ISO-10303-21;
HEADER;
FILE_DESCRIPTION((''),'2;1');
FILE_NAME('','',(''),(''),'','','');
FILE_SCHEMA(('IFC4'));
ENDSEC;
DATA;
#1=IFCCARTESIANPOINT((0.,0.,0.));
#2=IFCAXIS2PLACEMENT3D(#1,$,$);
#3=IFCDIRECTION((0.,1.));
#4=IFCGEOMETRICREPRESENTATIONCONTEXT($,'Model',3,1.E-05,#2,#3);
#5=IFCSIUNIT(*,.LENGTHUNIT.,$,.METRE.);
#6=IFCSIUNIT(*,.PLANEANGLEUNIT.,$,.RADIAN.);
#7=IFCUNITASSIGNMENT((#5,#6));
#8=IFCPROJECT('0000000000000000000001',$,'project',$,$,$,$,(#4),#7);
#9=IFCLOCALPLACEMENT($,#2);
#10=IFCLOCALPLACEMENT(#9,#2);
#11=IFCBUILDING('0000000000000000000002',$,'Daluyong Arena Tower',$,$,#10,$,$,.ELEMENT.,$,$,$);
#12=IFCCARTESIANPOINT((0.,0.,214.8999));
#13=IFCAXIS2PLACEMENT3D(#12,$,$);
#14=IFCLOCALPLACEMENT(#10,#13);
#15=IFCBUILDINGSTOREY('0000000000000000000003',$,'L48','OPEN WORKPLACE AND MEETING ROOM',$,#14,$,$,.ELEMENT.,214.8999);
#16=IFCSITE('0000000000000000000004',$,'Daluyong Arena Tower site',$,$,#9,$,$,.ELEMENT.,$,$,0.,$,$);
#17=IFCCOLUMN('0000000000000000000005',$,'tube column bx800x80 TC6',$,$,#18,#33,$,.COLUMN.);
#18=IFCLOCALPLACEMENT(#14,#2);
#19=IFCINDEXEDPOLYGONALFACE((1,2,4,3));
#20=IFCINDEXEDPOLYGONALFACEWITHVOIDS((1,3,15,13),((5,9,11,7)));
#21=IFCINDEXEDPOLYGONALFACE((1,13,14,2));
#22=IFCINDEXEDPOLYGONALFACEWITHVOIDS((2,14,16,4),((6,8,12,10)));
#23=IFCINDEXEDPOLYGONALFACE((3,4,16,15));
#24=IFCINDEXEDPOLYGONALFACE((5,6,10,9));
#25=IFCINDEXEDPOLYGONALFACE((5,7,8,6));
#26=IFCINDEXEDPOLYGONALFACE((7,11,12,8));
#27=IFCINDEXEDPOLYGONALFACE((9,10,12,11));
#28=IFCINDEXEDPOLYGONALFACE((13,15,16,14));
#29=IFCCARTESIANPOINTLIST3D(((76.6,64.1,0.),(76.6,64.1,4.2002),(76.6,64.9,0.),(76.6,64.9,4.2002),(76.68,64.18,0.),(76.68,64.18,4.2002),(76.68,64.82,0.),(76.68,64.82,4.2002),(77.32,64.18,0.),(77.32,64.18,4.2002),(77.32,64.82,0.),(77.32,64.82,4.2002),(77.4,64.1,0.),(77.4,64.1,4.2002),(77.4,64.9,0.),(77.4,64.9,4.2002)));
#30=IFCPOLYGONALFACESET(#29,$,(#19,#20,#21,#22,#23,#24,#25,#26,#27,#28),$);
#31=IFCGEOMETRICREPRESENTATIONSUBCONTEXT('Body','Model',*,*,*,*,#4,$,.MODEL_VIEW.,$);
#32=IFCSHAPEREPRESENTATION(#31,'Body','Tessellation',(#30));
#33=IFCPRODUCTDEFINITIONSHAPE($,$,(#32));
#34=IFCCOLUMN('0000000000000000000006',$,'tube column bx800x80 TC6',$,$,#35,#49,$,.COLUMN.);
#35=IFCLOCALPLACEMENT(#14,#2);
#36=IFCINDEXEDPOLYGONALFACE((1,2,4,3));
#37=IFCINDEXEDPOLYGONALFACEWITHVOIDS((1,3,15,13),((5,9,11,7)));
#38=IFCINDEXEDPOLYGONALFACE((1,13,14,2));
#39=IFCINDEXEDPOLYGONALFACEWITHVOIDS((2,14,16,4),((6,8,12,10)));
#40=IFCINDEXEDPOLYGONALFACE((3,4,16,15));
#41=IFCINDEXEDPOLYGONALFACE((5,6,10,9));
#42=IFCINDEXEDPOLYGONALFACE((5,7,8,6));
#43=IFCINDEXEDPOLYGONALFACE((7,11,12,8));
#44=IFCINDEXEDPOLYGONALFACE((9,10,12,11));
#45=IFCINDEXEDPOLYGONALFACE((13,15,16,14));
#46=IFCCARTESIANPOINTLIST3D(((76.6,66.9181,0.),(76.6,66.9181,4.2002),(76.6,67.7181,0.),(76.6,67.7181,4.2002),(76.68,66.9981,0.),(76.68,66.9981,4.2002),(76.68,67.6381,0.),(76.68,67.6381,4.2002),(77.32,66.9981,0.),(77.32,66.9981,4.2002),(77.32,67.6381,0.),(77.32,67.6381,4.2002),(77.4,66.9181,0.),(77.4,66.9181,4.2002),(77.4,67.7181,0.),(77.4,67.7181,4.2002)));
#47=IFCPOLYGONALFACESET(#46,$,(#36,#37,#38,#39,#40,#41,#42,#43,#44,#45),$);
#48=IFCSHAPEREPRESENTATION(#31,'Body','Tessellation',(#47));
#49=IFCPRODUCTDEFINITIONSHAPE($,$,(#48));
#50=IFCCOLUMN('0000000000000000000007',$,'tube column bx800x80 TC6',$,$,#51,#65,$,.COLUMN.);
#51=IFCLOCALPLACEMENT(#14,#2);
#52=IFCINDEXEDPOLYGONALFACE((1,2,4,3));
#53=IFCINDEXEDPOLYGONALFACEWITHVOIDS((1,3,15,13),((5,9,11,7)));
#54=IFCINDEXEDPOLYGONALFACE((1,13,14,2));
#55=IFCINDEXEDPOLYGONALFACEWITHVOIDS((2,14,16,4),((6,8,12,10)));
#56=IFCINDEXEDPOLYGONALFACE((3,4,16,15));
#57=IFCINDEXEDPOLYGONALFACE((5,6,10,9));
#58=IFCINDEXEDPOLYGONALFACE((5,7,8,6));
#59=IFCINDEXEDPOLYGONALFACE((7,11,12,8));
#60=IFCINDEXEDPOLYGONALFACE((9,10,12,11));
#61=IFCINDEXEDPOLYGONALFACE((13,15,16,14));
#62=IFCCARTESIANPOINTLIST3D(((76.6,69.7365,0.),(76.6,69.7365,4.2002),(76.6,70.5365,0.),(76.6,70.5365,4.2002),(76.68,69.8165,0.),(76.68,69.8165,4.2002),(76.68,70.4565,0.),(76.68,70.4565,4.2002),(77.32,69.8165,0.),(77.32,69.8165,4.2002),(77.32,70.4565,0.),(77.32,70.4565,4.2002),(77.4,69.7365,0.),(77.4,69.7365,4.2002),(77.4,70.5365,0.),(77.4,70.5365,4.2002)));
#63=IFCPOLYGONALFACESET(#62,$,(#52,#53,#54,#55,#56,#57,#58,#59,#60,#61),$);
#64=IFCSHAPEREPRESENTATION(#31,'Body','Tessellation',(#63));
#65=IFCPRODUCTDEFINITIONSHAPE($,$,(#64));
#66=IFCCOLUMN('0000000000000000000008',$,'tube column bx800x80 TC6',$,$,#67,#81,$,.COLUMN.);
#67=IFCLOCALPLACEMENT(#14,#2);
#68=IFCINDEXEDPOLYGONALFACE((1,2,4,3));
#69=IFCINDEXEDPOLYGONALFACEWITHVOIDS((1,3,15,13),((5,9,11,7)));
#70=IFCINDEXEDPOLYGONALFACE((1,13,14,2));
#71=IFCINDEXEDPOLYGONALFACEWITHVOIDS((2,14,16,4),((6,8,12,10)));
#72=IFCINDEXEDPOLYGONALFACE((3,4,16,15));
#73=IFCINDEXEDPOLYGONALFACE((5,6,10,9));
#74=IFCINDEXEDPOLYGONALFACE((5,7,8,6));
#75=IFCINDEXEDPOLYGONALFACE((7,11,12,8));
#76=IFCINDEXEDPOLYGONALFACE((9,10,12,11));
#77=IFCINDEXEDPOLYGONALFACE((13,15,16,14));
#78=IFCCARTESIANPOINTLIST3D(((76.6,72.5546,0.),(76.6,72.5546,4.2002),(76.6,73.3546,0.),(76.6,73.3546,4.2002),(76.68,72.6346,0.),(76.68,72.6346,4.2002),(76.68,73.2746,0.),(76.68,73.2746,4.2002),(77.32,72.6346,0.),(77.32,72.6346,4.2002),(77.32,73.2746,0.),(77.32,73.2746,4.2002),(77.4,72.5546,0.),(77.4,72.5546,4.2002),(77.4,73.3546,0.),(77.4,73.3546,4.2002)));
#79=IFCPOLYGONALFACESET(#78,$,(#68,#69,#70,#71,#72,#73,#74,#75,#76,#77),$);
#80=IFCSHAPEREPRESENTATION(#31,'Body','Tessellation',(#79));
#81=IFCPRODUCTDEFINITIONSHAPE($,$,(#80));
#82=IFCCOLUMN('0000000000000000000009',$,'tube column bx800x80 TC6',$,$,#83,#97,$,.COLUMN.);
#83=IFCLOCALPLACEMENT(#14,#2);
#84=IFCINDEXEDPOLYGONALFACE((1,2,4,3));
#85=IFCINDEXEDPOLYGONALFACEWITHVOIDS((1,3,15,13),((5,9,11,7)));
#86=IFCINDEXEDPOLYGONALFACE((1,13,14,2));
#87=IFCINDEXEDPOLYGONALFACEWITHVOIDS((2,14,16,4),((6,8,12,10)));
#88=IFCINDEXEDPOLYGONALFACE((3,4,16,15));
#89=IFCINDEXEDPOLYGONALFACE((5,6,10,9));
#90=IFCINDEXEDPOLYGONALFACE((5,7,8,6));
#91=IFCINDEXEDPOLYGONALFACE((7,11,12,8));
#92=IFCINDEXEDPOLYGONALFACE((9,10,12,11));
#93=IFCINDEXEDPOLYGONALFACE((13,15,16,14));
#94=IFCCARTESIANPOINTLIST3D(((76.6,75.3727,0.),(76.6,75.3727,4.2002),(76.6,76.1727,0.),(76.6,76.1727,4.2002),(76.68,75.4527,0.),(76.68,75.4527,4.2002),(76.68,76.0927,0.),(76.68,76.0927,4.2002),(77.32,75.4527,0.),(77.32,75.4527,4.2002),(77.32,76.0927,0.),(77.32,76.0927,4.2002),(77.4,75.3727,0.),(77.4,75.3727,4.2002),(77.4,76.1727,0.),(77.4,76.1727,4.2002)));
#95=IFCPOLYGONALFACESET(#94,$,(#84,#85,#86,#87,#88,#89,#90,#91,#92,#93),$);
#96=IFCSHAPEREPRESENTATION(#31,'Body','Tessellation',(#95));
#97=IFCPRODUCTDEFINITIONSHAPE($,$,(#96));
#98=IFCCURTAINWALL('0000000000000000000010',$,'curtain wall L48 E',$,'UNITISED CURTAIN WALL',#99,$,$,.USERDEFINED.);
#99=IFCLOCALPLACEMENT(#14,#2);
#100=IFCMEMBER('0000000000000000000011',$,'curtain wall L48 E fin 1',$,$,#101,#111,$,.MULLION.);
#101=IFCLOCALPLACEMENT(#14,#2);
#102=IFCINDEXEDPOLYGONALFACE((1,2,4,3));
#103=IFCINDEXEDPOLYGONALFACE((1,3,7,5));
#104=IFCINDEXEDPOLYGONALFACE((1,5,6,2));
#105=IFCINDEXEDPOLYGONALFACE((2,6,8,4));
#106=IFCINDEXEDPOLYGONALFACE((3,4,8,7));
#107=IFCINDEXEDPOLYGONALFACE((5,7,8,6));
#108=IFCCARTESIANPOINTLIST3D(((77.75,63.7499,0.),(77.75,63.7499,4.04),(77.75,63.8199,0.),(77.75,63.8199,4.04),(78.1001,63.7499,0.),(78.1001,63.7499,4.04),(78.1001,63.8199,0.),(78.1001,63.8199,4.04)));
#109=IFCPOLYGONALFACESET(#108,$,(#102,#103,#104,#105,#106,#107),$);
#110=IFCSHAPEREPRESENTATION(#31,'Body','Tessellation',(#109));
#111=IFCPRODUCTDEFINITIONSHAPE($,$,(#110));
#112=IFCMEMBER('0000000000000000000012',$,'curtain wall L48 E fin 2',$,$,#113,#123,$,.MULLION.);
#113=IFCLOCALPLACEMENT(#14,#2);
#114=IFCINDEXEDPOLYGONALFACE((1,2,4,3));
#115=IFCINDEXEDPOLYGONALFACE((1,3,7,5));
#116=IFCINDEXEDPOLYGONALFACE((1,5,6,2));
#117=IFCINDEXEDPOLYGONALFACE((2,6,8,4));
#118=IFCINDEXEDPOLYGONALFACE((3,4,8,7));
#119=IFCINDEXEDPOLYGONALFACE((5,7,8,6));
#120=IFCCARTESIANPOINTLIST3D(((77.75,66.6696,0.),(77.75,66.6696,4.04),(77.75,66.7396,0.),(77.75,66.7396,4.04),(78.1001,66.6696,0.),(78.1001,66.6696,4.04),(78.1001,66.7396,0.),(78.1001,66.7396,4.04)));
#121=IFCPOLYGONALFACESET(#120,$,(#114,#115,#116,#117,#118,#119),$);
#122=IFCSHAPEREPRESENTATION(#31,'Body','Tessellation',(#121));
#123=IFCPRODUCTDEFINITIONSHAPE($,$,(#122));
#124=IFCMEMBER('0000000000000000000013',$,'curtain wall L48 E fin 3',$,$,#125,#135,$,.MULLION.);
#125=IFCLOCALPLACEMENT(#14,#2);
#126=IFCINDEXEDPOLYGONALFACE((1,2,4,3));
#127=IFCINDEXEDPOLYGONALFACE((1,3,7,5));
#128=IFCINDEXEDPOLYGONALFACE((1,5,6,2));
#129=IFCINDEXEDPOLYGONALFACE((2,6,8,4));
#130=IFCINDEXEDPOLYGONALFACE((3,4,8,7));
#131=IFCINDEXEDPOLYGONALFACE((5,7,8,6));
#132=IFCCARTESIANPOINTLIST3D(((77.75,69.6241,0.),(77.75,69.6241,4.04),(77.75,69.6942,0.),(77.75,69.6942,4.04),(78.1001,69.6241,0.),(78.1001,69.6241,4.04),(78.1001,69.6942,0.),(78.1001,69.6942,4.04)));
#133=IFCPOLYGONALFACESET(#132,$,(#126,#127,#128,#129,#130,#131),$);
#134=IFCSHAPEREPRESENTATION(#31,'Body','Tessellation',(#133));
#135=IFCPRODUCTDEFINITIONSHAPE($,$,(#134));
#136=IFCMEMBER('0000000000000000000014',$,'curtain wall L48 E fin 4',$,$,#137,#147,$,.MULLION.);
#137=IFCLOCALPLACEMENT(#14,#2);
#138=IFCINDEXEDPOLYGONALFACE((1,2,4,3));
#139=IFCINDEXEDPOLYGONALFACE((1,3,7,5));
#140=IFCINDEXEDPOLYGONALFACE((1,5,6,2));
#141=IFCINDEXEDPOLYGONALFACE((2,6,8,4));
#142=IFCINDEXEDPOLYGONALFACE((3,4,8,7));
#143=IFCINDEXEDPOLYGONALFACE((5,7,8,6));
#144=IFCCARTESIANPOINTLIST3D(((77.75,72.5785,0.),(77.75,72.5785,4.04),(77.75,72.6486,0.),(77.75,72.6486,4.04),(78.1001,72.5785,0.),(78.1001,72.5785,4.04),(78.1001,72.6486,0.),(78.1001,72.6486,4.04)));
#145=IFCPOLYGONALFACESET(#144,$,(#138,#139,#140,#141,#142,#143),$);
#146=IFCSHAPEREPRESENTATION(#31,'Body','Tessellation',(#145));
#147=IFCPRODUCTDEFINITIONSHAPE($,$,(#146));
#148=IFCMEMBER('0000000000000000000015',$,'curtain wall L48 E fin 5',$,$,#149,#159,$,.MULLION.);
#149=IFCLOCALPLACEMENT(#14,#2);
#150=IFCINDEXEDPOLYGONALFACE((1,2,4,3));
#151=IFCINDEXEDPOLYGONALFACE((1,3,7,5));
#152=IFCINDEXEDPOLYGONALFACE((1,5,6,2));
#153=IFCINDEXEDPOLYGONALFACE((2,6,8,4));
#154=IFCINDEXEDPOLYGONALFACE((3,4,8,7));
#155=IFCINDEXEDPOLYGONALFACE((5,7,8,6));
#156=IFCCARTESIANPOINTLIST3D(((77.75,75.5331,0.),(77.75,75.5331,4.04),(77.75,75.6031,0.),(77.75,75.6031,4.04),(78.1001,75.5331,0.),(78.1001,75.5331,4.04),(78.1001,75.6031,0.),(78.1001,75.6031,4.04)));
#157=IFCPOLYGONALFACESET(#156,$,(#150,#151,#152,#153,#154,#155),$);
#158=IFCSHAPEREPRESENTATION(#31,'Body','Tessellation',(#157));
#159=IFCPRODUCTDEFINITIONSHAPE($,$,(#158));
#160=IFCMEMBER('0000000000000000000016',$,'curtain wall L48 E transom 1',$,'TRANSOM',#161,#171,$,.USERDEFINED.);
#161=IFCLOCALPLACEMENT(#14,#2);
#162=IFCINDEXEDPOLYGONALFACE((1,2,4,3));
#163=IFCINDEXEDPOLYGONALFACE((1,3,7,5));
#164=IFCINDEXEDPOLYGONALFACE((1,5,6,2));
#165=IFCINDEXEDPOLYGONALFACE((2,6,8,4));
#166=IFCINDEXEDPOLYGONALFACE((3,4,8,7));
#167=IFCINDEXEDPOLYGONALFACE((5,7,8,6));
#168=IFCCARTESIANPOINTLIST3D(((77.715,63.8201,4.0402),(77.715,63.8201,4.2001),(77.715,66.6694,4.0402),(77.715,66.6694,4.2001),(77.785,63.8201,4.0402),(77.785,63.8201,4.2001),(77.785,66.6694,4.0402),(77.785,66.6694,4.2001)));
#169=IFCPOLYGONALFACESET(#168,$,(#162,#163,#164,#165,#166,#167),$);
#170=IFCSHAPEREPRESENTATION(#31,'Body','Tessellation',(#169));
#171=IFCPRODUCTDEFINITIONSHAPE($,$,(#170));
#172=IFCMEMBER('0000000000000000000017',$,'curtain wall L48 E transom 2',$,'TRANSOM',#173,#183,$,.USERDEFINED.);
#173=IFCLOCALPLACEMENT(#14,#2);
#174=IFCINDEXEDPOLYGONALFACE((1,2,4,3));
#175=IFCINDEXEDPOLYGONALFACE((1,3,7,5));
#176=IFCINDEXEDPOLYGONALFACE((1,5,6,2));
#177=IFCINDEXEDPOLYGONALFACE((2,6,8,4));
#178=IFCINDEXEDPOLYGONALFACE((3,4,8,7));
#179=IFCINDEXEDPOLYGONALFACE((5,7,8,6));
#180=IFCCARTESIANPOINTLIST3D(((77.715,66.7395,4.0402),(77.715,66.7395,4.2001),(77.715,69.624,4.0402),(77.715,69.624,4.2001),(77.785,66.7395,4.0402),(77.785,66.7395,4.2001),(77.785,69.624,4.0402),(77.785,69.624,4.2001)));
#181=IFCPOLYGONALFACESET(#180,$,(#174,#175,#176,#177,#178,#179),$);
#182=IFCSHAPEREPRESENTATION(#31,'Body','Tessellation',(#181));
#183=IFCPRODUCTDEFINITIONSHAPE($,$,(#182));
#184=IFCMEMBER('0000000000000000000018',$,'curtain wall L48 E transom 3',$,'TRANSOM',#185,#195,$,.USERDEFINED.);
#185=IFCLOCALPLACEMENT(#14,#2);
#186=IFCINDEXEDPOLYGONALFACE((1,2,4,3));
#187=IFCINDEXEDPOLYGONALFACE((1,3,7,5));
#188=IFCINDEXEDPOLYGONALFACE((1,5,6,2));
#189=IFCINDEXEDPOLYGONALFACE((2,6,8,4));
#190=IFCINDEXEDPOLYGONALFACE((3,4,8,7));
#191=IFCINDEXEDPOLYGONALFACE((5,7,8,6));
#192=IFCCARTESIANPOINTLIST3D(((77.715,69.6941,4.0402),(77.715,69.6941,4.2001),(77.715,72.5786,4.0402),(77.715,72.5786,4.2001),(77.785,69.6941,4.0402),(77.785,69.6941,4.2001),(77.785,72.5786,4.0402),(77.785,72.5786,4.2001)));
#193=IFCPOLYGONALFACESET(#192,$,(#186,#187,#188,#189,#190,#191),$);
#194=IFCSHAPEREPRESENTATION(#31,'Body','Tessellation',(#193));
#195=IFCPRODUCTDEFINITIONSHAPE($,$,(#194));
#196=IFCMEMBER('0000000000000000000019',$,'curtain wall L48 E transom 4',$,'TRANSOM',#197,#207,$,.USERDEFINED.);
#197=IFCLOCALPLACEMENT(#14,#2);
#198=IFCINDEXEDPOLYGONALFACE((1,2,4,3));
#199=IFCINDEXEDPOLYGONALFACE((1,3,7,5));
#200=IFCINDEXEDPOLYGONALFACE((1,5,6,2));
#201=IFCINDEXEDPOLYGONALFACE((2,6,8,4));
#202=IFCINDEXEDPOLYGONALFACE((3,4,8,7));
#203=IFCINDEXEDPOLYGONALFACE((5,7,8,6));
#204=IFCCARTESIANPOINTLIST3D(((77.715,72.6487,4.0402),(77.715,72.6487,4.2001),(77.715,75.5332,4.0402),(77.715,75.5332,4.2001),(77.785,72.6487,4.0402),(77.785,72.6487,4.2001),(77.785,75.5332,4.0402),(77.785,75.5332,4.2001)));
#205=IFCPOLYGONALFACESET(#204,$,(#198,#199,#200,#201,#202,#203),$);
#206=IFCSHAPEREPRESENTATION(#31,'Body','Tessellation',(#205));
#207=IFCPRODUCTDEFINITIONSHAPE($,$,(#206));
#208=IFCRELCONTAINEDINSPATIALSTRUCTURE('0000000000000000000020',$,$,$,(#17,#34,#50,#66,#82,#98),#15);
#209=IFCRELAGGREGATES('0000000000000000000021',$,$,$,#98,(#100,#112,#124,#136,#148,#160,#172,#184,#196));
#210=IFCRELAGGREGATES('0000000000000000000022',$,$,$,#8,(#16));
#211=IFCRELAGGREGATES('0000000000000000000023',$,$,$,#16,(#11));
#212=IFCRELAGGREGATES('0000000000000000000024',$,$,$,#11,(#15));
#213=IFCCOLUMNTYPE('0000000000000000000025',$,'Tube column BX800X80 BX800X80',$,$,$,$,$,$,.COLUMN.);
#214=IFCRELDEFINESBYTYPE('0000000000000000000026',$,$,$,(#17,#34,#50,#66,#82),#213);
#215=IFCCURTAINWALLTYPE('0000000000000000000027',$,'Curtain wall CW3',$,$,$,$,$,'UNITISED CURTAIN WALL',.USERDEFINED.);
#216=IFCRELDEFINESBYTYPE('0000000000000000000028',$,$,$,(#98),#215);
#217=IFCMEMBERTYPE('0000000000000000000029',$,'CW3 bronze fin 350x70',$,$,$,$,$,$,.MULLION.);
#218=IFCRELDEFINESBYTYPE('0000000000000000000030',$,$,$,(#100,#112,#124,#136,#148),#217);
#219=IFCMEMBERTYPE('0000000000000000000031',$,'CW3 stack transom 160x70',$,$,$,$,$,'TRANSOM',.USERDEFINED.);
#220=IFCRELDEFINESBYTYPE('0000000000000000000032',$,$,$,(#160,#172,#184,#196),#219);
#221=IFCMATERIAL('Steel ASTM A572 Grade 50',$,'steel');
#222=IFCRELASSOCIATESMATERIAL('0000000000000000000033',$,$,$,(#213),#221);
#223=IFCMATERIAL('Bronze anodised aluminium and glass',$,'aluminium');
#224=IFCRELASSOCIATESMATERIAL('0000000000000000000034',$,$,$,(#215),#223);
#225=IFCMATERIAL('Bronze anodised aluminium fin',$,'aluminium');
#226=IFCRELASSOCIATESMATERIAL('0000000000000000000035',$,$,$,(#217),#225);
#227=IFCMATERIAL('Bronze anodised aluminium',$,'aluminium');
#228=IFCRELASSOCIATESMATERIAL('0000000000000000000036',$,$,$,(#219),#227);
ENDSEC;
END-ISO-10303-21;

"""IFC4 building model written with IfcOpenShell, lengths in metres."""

from ifc_helpers import new_model, si_unit, direction, frame, origin, origin_2d, place, context, subcontext, project, spatial, rectangle, hollow_rectangle, extrude, material, material_profile, profile_set, type_object, element, aggregate, save


model = new_model("IFC4")

# Units and contexts
model_context = context("Model", 3, precision=1e-05, world=origin(), true_north=direction((0.0, 1.0)))
body_context = subcontext(model_context, "Body", "Model", "MODEL_VIEW")
ifc_project = project(units=[si_unit("LENGTHUNIT", "METRE"), si_unit("PLANEANGLEUNIT", "RADIAN")], contexts=[model_context])

# Site, building, storey
site_placement = place(None, origin())
site = spatial("IfcSite", under=ifc_project, at=site_placement, Name="Daluyong Arena Tower site", CompositionType="ELEMENT", RefElevation=0.0)
building_placement = place(site_placement, origin())
building = spatial("IfcBuilding", under=site, at=building_placement, Name="Daluyong Arena Tower", CompositionType="ELEMENT")
storey_placement = place(building_placement, frame((0.0, 0.0, 214.8999)))
storey = spatial("IfcBuildingStorey", under=building, at=storey_placement, Name="L48", Description="OPEN WORKPLACE AND MEETING ROOM", CompositionType="ELEMENT", Elevation=214.8999)

# Columns
ifc_material_1 = material(Name="Steel ASTM A572 Grade 50", Category="steel")
ifc_material_profile_1 = material_profile(ifc_material_1, hollow_rectangle(XDim=0.8, YDim=0.8, WallThickness=0.08, at=origin_2d()))
ifc_profile_set_1 = profile_set([ifc_material_profile_1], Name="Steel ASTM A572 Grade 50")
column_type = type_object("IfcColumnType", Name="Tube column BX800X80 BX800X80", PredefinedType="COLUMN", material=ifc_profile_set_1)
for number, where, z_axis, x_axis, name in (
    (1, (77.0, 64.5, 0.0), (0.0, 0.0, 1.0), (0.0, 1.0, 0.0), "tube column bx800x80 TC6"),
    (2, (77.0, 67.3181, 0.0), (0.0, 0.0, 1.0), (0.0, 1.0, 0.0), "tube column bx800x80 TC6"),
    (3, (77.0, 70.1365, 0.0), (0.0, 0.0, 1.0), (0.0, 1.0, 0.0), "tube column bx800x80 TC6"),
    (4, (77.0, 72.9546, 0.0), (0.0, 0.0, 1.0), (0.0, 1.0, 0.0), "tube column bx800x80 TC6"),
    (5, (77.0, 75.7727, 0.0), (0.0, 0.0, 1.0), (0.0, 1.0, 0.0), "tube column bx800x80 TC6"),
):
    element("IfcColumn", number, at=place(storey_placement, frame(where, z_axis=z_axis, x_axis=x_axis)), inside=storey, type_object=column_type, Name=name, PredefinedType="COLUMN", context=body_context, shape_type="SweptSolid", body=[
        extrude(hollow_rectangle(XDim=0.8, YDim=0.8, WallThickness=0.08, at=origin_2d()), origin(), (0.0, 0.0, 1.0), 4.2002),
    ])

# Curtain wall, members
ifc_material_2 = material(Name="Bronze anodised aluminium and glass", Category="aluminium")
curtain_wall_type_1 = type_object("IfcCurtainWallType", Name="Curtain wall CW3", ElementType="UNITISED CURTAIN WALL", PredefinedType="USERDEFINED", material=ifc_material_2)
curtain_wall_1_placement = place(storey_placement, origin())
curtain_wall_1 = element("IfcCurtainWall", 6, at=curtain_wall_1_placement, inside=storey, type_object=curtain_wall_type_1, Name="curtain wall L48 E", ObjectType="UNITISED CURTAIN WALL", PredefinedType="USERDEFINED")
ifc_material_3 = material(Name="Bronze anodised aluminium fin", Category="aluminium")
ifc_material_profile_2 = material_profile(ifc_material_3, rectangle(XDim=0.3501, YDim=0.0701, at=origin_2d()))
ifc_profile_set_2 = profile_set([ifc_material_profile_2], Name="Bronze anodised aluminium fin")
member_type_1 = type_object("IfcMemberType", Name="CW3 bronze fin 350x70", PredefinedType="MULLION", material=ifc_profile_set_2)
member_1_placement = place(storey_placement, frame((77.925, 63.7849, 0.0), z_axis=(0.0, 0.0, 1.0), x_axis=(-1.0, 0.0, 0.0)))
member_1 = element("IfcMember", 7, at=member_1_placement, type_object=member_type_1, Name="curtain wall L48 E fin 1", PredefinedType="MULLION", context=body_context, shape_type="SweptSolid", body=[
    extrude(rectangle(XDim=0.3501, YDim=0.0701, at=origin_2d()), origin(), (0.0, 0.0, 1.0), 4.04),
])
member_2_placement = place(storey_placement, frame((77.925, 66.7046, 0.0), z_axis=(0.0, 0.0, 1.0), x_axis=(-1.0, 0.0, 0.0)))
member_2 = element("IfcMember", 8, at=member_2_placement, type_object=member_type_1, Name="curtain wall L48 E fin 2", PredefinedType="MULLION", context=body_context, shape_type="SweptSolid", body=[
    extrude(rectangle(XDim=0.3501, YDim=0.0701, at=origin_2d()), origin(), (0.0, 0.0, 1.0), 4.04),
])
member_3_placement = place(storey_placement, frame((77.925, 69.6592, 0.0), z_axis=(0.0, 0.0, 1.0), x_axis=(-1.0, 0.0, 0.0)))
member_3 = element("IfcMember", 9, at=member_3_placement, type_object=member_type_1, Name="curtain wall L48 E fin 3", PredefinedType="MULLION", context=body_context, shape_type="SweptSolid", body=[
    extrude(rectangle(XDim=0.3501, YDim=0.0701, at=origin_2d()), origin(), (0.0, 0.0, 1.0), 4.04),
])
member_4_placement = place(storey_placement, frame((77.925, 72.6135, 0.0), z_axis=(0.0, 0.0, 1.0), x_axis=(-1.0, 0.0, 0.0)))
member_4 = element("IfcMember", 10, at=member_4_placement, type_object=member_type_1, Name="curtain wall L48 E fin 4", PredefinedType="MULLION", context=body_context, shape_type="SweptSolid", body=[
    extrude(rectangle(XDim=0.3501, YDim=0.0701, at=origin_2d()), origin(), (0.0, 0.0, 1.0), 4.04),
])
member_5_placement = place(storey_placement, frame((77.925, 75.5681, 0.0), z_axis=(0.0, 0.0, 1.0), x_axis=(-1.0, 0.0, 0.0)))
member_5 = element("IfcMember", 11, at=member_5_placement, type_object=member_type_1, Name="curtain wall L48 E fin 5", PredefinedType="MULLION", context=body_context, shape_type="SweptSolid", body=[
    extrude(rectangle(XDim=0.3501, YDim=0.0701, at=origin_2d()), origin(), (0.0, 0.0, 1.0), 4.04),
])
ifc_material_4 = material(Name="Bronze anodised aluminium", Category="aluminium")
ifc_material_profile_3 = material_profile(ifc_material_4, rectangle(XDim=0.0701, YDim=0.1599, at=origin_2d()))
ifc_profile_set_3 = profile_set([ifc_material_profile_3], Name="Bronze anodised aluminium")
member_type_2 = type_object("IfcMemberType", Name="CW3 stack transom 160x70", ElementType="TRANSOM", PredefinedType="USERDEFINED", material=ifc_profile_set_3)
member_6_placement = place(storey_placement, frame((77.75, 63.8201, 4.1201), z_axis=(0.0, 1.0, 0.0), x_axis=(-1.0, 0.0, 0.0)))
member_6 = element("IfcMember", 12, at=member_6_placement, type_object=member_type_2, Name="curtain wall L48 E transom 1", ObjectType="TRANSOM", PredefinedType="USERDEFINED", context=body_context, shape_type="SweptSolid", body=[
    extrude(rectangle(XDim=0.0701, YDim=0.1599, at=origin_2d()), origin(), (0.0, 0.0, 1.0), 2.8494),
])
member_7_placement = place(storey_placement, frame((77.75, 66.7395, 4.1201), z_axis=(0.0, 1.0, 0.0), x_axis=(-1.0, 0.0, 0.0)))
member_7 = element("IfcMember", 13, at=member_7_placement, type_object=member_type_2, Name="curtain wall L48 E transom 2", ObjectType="TRANSOM", PredefinedType="USERDEFINED", context=body_context, shape_type="SweptSolid", body=[
    extrude(rectangle(XDim=0.0701, YDim=0.1599, at=origin_2d()), origin(), (0.0, 0.0, 1.0), 2.8845),
])
member_8_placement = place(storey_placement, frame((77.75, 69.6941, 4.1201), z_axis=(0.0, 1.0, 0.0), x_axis=(-1.0, 0.0, 0.0)))
member_8 = element("IfcMember", 14, at=member_8_placement, type_object=member_type_2, Name="curtain wall L48 E transom 3", ObjectType="TRANSOM", PredefinedType="USERDEFINED", context=body_context, shape_type="SweptSolid", body=[
    extrude(rectangle(XDim=0.0701, YDim=0.1599, at=origin_2d()), origin(), (0.0, 0.0, 1.0), 2.8845),
])
member_9_placement = place(storey_placement, frame((77.75, 72.6487, 4.1201), z_axis=(0.0, 1.0, 0.0), x_axis=(-1.0, 0.0, 0.0)))
member_9 = element("IfcMember", 15, at=member_9_placement, type_object=member_type_2, Name="curtain wall L48 E transom 4", ObjectType="TRANSOM", PredefinedType="USERDEFINED", context=body_context, shape_type="SweptSolid", body=[
    extrude(rectangle(XDim=0.0701, YDim=0.1599, at=origin_2d()), origin(), (0.0, 0.0, 1.0), 2.8845),
])

aggregate(curtain_wall_1, [member_1, member_2, member_3, member_4, member_5, member_6, member_7, member_8, member_9])

save(model, "model.ifc")
